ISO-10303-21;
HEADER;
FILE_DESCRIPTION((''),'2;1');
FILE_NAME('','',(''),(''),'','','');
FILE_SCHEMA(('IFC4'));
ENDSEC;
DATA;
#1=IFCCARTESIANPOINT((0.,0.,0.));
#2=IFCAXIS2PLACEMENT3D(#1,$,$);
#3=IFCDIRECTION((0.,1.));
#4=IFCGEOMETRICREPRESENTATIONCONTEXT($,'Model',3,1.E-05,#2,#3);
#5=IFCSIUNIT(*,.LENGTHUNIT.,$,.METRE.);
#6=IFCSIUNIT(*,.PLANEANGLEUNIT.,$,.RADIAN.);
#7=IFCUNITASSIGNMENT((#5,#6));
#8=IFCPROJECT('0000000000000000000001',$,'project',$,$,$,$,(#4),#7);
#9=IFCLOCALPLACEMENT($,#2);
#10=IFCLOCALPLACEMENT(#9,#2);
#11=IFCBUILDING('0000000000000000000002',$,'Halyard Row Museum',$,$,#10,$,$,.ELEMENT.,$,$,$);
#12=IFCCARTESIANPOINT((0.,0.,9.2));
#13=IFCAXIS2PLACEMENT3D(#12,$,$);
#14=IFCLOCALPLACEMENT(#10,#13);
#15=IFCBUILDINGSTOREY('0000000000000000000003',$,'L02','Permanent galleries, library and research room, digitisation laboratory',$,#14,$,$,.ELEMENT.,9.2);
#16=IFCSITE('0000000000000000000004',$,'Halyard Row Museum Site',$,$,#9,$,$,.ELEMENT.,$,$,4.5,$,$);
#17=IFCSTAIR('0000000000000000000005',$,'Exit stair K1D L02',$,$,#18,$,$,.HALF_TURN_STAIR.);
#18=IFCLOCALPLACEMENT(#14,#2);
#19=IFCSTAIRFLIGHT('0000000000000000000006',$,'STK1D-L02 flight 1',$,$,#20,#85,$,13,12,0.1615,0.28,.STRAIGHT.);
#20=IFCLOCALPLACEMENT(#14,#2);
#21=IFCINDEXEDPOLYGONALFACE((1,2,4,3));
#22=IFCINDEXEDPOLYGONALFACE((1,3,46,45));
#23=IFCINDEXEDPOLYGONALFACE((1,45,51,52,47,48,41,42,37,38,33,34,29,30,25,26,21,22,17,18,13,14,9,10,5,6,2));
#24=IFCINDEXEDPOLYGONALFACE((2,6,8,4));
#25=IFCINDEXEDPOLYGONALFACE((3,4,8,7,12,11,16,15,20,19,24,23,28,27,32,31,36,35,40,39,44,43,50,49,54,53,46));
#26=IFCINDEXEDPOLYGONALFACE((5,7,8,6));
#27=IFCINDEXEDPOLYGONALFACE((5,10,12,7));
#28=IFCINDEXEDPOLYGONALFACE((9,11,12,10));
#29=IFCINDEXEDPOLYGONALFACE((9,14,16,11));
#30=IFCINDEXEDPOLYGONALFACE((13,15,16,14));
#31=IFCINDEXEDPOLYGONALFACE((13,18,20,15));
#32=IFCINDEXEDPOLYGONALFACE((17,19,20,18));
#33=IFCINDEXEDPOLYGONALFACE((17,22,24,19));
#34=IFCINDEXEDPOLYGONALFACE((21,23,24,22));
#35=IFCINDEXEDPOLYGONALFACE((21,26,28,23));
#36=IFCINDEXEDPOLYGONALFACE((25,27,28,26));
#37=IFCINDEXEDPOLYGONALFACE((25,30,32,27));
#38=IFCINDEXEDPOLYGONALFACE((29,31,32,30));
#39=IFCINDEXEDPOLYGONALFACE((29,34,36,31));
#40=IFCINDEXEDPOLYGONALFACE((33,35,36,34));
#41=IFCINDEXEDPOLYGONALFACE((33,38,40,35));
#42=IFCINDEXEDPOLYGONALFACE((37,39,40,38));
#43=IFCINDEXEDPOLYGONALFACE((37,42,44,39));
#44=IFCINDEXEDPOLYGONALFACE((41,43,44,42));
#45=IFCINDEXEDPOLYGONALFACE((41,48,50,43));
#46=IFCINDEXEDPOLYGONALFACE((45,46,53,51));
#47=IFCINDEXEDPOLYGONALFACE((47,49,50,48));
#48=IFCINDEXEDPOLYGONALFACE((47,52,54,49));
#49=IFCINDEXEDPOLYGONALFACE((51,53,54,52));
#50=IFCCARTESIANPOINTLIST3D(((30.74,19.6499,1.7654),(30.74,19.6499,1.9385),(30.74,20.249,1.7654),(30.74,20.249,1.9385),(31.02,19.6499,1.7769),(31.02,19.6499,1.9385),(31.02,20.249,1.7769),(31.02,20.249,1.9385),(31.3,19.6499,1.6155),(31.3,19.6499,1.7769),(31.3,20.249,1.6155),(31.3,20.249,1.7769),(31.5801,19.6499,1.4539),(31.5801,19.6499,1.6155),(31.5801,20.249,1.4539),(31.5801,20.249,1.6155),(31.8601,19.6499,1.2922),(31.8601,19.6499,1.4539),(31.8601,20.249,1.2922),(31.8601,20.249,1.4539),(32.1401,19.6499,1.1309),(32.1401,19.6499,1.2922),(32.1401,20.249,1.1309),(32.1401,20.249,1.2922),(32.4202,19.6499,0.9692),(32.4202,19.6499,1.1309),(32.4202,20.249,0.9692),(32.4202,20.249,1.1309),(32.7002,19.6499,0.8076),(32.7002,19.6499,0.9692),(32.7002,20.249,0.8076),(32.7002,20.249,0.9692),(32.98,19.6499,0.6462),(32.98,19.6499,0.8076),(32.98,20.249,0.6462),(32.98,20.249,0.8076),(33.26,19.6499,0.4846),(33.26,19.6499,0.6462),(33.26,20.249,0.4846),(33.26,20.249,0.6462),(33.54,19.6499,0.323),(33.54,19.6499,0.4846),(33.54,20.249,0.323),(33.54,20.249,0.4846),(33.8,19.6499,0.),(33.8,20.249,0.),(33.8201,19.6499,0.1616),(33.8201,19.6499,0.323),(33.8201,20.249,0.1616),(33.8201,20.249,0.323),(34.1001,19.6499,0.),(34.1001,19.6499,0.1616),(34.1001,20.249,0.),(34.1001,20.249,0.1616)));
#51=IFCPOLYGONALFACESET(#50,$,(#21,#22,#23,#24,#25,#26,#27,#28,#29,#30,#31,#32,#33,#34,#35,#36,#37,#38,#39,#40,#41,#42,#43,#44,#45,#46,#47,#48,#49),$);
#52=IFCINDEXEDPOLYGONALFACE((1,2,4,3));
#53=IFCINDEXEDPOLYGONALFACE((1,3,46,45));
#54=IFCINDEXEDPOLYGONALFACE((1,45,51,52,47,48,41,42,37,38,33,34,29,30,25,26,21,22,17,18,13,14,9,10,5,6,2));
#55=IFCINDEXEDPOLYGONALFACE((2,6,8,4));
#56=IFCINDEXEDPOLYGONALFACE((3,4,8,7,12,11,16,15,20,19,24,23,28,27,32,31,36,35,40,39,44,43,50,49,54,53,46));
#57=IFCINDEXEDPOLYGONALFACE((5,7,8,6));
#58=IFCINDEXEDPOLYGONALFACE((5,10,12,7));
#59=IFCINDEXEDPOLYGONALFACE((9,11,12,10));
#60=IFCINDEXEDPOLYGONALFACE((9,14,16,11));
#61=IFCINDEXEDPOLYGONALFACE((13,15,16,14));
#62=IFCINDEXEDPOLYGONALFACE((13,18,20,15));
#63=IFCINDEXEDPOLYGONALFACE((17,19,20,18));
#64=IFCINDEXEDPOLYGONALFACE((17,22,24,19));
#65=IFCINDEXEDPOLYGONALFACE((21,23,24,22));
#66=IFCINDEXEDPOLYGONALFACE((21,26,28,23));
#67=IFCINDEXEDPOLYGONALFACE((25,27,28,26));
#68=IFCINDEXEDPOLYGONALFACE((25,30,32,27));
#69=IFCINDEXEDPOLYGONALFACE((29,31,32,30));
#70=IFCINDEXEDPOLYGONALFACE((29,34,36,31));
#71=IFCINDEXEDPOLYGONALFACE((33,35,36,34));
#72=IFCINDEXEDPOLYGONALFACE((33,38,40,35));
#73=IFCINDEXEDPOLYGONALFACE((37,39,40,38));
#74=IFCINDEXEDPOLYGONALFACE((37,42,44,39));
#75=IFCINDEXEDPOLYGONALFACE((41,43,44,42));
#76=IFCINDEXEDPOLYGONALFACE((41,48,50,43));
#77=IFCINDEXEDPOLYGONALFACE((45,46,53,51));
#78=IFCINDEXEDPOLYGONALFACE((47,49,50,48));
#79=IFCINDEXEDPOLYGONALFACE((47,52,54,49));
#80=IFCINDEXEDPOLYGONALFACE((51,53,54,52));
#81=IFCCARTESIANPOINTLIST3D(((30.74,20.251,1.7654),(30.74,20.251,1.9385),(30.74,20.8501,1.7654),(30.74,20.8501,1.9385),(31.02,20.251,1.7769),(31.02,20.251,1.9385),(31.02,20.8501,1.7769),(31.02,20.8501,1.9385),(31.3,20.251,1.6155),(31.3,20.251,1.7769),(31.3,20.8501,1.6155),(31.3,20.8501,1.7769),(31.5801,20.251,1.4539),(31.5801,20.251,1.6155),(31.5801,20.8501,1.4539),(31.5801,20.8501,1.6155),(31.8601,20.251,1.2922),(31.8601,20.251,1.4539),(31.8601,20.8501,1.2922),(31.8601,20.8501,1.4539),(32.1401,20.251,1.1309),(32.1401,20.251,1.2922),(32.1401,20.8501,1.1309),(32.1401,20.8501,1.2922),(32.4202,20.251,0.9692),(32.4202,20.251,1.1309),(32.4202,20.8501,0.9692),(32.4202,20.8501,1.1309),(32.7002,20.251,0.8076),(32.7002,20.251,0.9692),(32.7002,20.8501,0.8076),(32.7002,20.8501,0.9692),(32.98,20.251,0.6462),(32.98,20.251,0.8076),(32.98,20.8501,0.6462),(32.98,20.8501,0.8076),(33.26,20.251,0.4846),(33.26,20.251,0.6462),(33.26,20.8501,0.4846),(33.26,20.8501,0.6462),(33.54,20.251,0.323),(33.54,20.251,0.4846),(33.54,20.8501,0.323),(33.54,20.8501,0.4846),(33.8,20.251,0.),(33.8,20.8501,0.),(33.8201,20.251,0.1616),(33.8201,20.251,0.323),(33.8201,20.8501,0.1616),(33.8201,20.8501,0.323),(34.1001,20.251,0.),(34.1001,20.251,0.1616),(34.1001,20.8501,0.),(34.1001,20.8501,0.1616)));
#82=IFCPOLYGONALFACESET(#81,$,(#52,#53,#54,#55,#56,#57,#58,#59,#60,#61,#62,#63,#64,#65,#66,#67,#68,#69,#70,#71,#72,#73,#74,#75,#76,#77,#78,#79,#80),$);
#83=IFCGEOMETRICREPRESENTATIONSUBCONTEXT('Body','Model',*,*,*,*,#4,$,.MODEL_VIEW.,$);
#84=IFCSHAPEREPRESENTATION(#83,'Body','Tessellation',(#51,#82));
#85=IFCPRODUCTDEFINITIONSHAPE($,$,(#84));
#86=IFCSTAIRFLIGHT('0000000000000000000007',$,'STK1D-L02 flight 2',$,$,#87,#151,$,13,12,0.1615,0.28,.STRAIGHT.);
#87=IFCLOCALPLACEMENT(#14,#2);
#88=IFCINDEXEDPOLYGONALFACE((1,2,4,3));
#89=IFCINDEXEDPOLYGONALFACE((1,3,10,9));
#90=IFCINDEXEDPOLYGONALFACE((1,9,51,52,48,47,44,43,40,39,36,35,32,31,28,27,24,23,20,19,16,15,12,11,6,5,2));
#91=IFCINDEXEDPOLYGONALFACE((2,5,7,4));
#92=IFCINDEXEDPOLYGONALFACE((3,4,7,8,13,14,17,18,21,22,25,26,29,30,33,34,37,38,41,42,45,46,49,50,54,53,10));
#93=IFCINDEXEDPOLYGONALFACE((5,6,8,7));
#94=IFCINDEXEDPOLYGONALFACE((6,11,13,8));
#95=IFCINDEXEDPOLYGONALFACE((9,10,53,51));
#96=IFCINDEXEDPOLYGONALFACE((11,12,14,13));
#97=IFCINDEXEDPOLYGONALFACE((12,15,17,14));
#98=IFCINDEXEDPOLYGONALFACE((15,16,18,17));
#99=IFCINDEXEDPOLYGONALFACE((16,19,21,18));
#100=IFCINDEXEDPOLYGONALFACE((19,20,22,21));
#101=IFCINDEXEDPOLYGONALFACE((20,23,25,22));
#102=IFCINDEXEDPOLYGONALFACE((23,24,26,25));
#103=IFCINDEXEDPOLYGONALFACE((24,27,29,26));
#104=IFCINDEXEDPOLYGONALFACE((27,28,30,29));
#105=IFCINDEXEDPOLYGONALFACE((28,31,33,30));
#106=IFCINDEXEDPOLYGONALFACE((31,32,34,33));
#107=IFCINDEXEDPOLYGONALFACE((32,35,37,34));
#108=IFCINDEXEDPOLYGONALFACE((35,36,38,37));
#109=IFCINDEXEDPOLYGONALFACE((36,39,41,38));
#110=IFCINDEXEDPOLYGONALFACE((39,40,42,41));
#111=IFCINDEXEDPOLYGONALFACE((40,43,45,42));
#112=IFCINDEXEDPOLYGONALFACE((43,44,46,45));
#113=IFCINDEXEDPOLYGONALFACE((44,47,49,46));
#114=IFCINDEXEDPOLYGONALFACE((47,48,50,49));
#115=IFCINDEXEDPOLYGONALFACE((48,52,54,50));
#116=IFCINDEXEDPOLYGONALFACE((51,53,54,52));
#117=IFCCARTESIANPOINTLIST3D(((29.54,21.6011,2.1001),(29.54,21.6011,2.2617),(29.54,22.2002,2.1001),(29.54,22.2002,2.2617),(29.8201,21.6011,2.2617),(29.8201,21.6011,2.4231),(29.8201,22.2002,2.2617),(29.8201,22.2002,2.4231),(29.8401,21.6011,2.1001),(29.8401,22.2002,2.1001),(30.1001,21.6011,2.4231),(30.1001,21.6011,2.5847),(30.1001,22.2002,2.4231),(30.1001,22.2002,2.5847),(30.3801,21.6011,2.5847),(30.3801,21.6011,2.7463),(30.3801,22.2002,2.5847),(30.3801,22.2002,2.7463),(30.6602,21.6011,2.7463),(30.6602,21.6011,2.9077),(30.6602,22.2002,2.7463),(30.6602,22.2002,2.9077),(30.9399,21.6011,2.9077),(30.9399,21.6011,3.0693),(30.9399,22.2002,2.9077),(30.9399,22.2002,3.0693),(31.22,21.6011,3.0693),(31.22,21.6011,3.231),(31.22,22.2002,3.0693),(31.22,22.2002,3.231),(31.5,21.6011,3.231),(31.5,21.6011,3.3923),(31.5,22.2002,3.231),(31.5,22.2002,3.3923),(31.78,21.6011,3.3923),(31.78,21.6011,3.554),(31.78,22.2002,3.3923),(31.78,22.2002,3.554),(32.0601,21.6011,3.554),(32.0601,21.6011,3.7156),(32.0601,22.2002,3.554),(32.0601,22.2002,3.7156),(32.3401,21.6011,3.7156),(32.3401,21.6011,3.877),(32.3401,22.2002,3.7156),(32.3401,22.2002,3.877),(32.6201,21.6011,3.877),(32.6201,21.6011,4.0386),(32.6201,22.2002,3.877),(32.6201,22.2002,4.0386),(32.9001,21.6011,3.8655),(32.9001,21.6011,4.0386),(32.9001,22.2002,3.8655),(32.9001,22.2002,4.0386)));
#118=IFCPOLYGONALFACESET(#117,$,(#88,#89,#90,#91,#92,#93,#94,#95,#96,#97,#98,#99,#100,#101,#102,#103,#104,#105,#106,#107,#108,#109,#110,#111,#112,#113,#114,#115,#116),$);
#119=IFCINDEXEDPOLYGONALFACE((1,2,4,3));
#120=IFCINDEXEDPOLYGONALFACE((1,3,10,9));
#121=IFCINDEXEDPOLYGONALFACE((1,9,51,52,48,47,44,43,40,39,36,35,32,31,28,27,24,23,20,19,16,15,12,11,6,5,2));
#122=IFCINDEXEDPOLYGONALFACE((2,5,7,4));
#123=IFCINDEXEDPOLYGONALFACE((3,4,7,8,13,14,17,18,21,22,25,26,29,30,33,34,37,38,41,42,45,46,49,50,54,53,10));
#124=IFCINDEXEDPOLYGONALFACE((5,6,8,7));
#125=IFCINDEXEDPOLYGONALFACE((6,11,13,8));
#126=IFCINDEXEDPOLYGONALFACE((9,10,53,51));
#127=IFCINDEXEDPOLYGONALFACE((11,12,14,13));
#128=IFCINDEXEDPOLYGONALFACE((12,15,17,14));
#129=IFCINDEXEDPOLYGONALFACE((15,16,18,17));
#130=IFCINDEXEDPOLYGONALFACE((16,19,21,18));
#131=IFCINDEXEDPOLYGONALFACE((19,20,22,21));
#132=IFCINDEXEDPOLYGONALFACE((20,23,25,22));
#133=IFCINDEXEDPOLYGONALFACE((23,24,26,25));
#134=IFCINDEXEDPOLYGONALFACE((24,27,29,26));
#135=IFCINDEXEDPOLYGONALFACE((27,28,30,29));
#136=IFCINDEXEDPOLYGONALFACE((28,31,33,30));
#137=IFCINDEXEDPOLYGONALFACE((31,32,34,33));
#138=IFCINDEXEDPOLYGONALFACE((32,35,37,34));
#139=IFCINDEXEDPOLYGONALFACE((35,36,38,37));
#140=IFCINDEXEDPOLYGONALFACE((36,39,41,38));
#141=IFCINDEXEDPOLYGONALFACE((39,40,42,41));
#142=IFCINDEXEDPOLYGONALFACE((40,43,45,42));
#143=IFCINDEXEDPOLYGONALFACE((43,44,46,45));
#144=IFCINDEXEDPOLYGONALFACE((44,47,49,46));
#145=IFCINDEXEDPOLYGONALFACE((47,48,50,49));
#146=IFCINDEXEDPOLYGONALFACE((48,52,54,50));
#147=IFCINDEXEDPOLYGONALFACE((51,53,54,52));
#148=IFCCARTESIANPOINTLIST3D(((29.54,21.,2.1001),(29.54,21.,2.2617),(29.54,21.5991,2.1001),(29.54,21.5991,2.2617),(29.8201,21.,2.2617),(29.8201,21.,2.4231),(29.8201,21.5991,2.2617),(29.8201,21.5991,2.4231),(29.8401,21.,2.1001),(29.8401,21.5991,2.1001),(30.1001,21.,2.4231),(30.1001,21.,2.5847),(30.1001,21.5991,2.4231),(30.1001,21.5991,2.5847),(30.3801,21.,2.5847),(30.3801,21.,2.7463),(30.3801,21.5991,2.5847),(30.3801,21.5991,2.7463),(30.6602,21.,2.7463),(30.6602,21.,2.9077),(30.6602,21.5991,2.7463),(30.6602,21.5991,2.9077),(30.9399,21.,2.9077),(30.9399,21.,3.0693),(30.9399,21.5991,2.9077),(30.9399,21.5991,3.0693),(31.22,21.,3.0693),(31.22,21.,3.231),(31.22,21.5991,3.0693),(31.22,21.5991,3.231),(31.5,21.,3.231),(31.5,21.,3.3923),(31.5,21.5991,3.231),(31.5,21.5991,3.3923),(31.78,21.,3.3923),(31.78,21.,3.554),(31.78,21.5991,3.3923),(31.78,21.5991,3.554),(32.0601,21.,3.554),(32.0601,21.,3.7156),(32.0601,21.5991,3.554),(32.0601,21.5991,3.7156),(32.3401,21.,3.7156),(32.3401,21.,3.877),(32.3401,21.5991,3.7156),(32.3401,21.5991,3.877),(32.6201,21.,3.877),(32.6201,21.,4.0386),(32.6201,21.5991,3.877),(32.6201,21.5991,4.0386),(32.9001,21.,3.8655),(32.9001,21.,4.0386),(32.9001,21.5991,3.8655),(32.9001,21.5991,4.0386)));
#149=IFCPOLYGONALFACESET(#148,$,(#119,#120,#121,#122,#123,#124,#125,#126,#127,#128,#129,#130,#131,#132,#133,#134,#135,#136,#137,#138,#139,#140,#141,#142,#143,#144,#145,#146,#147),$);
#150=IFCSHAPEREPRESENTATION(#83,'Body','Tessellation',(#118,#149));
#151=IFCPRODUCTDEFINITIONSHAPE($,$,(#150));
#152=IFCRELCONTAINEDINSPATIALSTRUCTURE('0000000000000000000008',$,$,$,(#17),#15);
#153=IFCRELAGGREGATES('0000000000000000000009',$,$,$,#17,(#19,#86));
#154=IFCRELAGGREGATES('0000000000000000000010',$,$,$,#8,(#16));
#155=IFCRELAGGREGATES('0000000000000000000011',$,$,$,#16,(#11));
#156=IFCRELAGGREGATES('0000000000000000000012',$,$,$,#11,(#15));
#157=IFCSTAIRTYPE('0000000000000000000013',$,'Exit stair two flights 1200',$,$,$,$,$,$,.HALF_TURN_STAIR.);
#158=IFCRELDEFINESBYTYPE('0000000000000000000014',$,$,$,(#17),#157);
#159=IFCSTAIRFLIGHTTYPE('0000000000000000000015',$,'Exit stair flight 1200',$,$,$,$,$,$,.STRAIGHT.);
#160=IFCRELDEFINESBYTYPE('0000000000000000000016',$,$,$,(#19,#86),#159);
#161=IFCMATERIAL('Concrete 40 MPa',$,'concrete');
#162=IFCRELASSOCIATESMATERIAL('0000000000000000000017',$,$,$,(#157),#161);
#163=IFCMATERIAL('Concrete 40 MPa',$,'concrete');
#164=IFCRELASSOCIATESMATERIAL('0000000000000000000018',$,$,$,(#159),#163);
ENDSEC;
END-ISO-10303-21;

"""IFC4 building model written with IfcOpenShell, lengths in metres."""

from ifc_helpers import new_model, si_unit, direction, frame, origin, place, context, subcontext, project, spatial, polyline, outline, extrude, material, type_object, element, aggregate, save


model = new_model("IFC4")

# Units and contexts
model_context = context("Model", 3, precision=1e-05, world=origin(), true_north=direction((0.0, 1.0)))
body_context = subcontext(model_context, "Body", "Model", "MODEL_VIEW")
ifc_project = project(units=[si_unit("LENGTHUNIT", "METRE"), si_unit("PLANEANGLEUNIT", "RADIAN")], contexts=[model_context])

# Site, building, storey
site_placement = place(None, origin())
site = spatial("IfcSite", under=ifc_project, at=site_placement, Name="Halyard Row Museum Site", CompositionType="ELEMENT", RefElevation=4.5)
building_placement = place(site_placement, origin())
building = spatial("IfcBuilding", under=site, at=building_placement, Name="Halyard Row Museum", CompositionType="ELEMENT")
storey_placement = place(building_placement, frame((0.0, 0.0, 9.2)))
storey = spatial("IfcBuildingStorey", under=building, at=storey_placement, Name="L02", Description="Permanent galleries, library and research room, digitisation laboratory", CompositionType="ELEMENT", Elevation=9.2)

# Stair, stair flights
ifc_material_1 = material(Name="Concrete 40 MPa", Category="concrete")
stair_type = type_object("IfcStairType", Name="Exit stair two flights 1200", PredefinedType="HALF_TURN_STAIR", material=ifc_material_1)
stair_placement = place(storey_placement, origin())
stair = element("IfcStair", 1, at=stair_placement, inside=storey, type_object=stair_type, Name="Exit stair K1D L02", PredefinedType="HALF_TURN_STAIR")
ifc_material_2 = material(Name="Concrete 40 MPa", Category="concrete")
stair_flight_type = type_object("IfcStairFlightType", Name="Exit stair flight 1200", PredefinedType="STRAIGHT", material=ifc_material_2)
stair_flight_1_placement = place(storey_placement, frame((34.1001, 20.25, 0.0), z_axis=(0.0, 0.0, 1.0), x_axis=(-1.0, 0.0, 0.0)))
stair_flight_1 = element("IfcStairFlight", 2, at=stair_flight_1_placement, type_object=stair_flight_type, Name="STK1D-L02 flight 1", NumberOfRisers=13, NumberOfTreads=12, PredefinedType="STRAIGHT", RiserHeight=0.1615, TreadLength=0.28, context=body_context, shape_type="SweptSolid", body=[
    extrude(outline(polyline([(0.0, 0.0), (0.0, 0.1616), (0.28, 0.1616), (0.28, 0.323), (0.5601, 0.323), (0.5601, 0.4846), (0.8401, 0.4846), (0.8401, 0.6462), (1.1201, 0.6462), (1.1201, 0.8076), (1.3999, 0.8076), (1.3999, 0.9692), (1.6799, 0.9692), (1.6799, 1.1309), (1.96, 1.1309), (1.96, 1.2922), (2.24, 1.2922), (2.24, 1.4539), (2.52, 1.4539), (2.52, 1.6155), (2.8, 1.6155), (2.8, 1.7769), (3.0801, 1.7769), (3.0801, 1.9385), (3.3601, 1.9385), (3.3601, 2.1001), (3.3601, 1.7654), (0.3, 0.0), (0.0, 0.0)])), frame((0.0, 0.6001, 0.0), z_axis=(0.0, -1.0, 0.0), x_axis=(1.0, 0.0, 0.0)), (0.0, 0.0, 1.0), 0.5991),
    extrude(outline(polyline([(0.0, 0.0), (0.0, 0.1616), (0.28, 0.1616), (0.28, 0.323), (0.5601, 0.323), (0.5601, 0.4846), (0.8401, 0.4846), (0.8401, 0.6462), (1.1201, 0.6462), (1.1201, 0.8076), (1.3999, 0.8076), (1.3999, 0.9692), (1.6799, 0.9692), (1.6799, 1.1309), (1.96, 1.1309), (1.96, 1.2922), (2.24, 1.2922), (2.24, 1.4539), (2.52, 1.4539), (2.52, 1.6155), (2.8, 1.6155), (2.8, 1.7769), (3.0801, 1.7769), (3.0801, 1.9385), (3.3601, 1.9385), (3.3601, 2.1001), (3.3601, 1.7654), (0.3, 0.0), (0.0, 0.0)])), frame((0.0, -0.001, 0.0), z_axis=(0.0, -1.0, 0.0), x_axis=(1.0, 0.0, 0.0)), (0.0, 0.0, 1.0), 0.5991),
])
stair_flight_2_placement = place(storey_placement, frame((29.54, 21.6001, 2.1001), z_axis=(0.0, 0.0, 1.0), x_axis=(1.0, 0.0, 0.0)))
stair_flight_2 = element("IfcStairFlight", 3, at=stair_flight_2_placement, type_object=stair_flight_type, Name="STK1D-L02 flight 2", NumberOfRisers=13, NumberOfTreads=12, PredefinedType="STRAIGHT", RiserHeight=0.1615, TreadLength=0.28, context=body_context, shape_type="SweptSolid", body=[
    extrude(outline(polyline([(0.0, 0.0), (0.0, 0.1616), (0.28, 0.1616), (0.28, 0.323), (0.5601, 0.323), (0.5601, 0.4846), (0.8401, 0.4846), (0.8401, 0.6462), (1.1201, 0.6462), (1.1201, 0.8076), (1.3999, 0.8076), (1.3999, 0.9692), (1.6799, 0.9692), (1.6799, 1.1309), (1.96, 1.1309), (1.96, 1.2922), (2.24, 1.2922), (2.24, 1.4539), (2.52, 1.4539), (2.52, 1.6155), (2.8, 1.6155), (2.8, 1.7769), (3.0801, 1.7769), (3.0801, 1.9385), (3.3601, 1.9385), (3.3601, 2.1001), (3.3601, 1.7654), (0.3, 0.0), (0.0, 0.0)])), frame((0.0, 0.6001, 0.0), z_axis=(0.0, -1.0, 0.0), x_axis=(1.0, 0.0, 0.0)), (0.0, 0.0, 1.0), 0.5991),
    extrude(outline(polyline([(0.0, 0.0), (0.0, 0.1616), (0.28, 0.1616), (0.28, 0.323), (0.5601, 0.323), (0.5601, 0.4846), (0.8401, 0.4846), (0.8401, 0.6462), (1.1201, 0.6462), (1.1201, 0.8076), (1.3999, 0.8076), (1.3999, 0.9692), (1.6799, 0.9692), (1.6799, 1.1309), (1.96, 1.1309), (1.96, 1.2922), (2.24, 1.2922), (2.24, 1.4539), (2.52, 1.4539), (2.52, 1.6155), (2.8, 1.6155), (2.8, 1.7769), (3.0801, 1.7769), (3.0801, 1.9385), (3.3601, 1.9385), (3.3601, 2.1001), (3.3601, 1.7654), (0.3, 0.0), (0.0, 0.0)])), frame((0.0, -0.001, 0.0), z_axis=(0.0, -1.0, 0.0), x_axis=(1.0, 0.0, 0.0)), (0.0, 0.0, 1.0), 0.5991),
])
aggregate(stair, [stair_flight_1, stair_flight_2])

save(model, "model.ifc")
